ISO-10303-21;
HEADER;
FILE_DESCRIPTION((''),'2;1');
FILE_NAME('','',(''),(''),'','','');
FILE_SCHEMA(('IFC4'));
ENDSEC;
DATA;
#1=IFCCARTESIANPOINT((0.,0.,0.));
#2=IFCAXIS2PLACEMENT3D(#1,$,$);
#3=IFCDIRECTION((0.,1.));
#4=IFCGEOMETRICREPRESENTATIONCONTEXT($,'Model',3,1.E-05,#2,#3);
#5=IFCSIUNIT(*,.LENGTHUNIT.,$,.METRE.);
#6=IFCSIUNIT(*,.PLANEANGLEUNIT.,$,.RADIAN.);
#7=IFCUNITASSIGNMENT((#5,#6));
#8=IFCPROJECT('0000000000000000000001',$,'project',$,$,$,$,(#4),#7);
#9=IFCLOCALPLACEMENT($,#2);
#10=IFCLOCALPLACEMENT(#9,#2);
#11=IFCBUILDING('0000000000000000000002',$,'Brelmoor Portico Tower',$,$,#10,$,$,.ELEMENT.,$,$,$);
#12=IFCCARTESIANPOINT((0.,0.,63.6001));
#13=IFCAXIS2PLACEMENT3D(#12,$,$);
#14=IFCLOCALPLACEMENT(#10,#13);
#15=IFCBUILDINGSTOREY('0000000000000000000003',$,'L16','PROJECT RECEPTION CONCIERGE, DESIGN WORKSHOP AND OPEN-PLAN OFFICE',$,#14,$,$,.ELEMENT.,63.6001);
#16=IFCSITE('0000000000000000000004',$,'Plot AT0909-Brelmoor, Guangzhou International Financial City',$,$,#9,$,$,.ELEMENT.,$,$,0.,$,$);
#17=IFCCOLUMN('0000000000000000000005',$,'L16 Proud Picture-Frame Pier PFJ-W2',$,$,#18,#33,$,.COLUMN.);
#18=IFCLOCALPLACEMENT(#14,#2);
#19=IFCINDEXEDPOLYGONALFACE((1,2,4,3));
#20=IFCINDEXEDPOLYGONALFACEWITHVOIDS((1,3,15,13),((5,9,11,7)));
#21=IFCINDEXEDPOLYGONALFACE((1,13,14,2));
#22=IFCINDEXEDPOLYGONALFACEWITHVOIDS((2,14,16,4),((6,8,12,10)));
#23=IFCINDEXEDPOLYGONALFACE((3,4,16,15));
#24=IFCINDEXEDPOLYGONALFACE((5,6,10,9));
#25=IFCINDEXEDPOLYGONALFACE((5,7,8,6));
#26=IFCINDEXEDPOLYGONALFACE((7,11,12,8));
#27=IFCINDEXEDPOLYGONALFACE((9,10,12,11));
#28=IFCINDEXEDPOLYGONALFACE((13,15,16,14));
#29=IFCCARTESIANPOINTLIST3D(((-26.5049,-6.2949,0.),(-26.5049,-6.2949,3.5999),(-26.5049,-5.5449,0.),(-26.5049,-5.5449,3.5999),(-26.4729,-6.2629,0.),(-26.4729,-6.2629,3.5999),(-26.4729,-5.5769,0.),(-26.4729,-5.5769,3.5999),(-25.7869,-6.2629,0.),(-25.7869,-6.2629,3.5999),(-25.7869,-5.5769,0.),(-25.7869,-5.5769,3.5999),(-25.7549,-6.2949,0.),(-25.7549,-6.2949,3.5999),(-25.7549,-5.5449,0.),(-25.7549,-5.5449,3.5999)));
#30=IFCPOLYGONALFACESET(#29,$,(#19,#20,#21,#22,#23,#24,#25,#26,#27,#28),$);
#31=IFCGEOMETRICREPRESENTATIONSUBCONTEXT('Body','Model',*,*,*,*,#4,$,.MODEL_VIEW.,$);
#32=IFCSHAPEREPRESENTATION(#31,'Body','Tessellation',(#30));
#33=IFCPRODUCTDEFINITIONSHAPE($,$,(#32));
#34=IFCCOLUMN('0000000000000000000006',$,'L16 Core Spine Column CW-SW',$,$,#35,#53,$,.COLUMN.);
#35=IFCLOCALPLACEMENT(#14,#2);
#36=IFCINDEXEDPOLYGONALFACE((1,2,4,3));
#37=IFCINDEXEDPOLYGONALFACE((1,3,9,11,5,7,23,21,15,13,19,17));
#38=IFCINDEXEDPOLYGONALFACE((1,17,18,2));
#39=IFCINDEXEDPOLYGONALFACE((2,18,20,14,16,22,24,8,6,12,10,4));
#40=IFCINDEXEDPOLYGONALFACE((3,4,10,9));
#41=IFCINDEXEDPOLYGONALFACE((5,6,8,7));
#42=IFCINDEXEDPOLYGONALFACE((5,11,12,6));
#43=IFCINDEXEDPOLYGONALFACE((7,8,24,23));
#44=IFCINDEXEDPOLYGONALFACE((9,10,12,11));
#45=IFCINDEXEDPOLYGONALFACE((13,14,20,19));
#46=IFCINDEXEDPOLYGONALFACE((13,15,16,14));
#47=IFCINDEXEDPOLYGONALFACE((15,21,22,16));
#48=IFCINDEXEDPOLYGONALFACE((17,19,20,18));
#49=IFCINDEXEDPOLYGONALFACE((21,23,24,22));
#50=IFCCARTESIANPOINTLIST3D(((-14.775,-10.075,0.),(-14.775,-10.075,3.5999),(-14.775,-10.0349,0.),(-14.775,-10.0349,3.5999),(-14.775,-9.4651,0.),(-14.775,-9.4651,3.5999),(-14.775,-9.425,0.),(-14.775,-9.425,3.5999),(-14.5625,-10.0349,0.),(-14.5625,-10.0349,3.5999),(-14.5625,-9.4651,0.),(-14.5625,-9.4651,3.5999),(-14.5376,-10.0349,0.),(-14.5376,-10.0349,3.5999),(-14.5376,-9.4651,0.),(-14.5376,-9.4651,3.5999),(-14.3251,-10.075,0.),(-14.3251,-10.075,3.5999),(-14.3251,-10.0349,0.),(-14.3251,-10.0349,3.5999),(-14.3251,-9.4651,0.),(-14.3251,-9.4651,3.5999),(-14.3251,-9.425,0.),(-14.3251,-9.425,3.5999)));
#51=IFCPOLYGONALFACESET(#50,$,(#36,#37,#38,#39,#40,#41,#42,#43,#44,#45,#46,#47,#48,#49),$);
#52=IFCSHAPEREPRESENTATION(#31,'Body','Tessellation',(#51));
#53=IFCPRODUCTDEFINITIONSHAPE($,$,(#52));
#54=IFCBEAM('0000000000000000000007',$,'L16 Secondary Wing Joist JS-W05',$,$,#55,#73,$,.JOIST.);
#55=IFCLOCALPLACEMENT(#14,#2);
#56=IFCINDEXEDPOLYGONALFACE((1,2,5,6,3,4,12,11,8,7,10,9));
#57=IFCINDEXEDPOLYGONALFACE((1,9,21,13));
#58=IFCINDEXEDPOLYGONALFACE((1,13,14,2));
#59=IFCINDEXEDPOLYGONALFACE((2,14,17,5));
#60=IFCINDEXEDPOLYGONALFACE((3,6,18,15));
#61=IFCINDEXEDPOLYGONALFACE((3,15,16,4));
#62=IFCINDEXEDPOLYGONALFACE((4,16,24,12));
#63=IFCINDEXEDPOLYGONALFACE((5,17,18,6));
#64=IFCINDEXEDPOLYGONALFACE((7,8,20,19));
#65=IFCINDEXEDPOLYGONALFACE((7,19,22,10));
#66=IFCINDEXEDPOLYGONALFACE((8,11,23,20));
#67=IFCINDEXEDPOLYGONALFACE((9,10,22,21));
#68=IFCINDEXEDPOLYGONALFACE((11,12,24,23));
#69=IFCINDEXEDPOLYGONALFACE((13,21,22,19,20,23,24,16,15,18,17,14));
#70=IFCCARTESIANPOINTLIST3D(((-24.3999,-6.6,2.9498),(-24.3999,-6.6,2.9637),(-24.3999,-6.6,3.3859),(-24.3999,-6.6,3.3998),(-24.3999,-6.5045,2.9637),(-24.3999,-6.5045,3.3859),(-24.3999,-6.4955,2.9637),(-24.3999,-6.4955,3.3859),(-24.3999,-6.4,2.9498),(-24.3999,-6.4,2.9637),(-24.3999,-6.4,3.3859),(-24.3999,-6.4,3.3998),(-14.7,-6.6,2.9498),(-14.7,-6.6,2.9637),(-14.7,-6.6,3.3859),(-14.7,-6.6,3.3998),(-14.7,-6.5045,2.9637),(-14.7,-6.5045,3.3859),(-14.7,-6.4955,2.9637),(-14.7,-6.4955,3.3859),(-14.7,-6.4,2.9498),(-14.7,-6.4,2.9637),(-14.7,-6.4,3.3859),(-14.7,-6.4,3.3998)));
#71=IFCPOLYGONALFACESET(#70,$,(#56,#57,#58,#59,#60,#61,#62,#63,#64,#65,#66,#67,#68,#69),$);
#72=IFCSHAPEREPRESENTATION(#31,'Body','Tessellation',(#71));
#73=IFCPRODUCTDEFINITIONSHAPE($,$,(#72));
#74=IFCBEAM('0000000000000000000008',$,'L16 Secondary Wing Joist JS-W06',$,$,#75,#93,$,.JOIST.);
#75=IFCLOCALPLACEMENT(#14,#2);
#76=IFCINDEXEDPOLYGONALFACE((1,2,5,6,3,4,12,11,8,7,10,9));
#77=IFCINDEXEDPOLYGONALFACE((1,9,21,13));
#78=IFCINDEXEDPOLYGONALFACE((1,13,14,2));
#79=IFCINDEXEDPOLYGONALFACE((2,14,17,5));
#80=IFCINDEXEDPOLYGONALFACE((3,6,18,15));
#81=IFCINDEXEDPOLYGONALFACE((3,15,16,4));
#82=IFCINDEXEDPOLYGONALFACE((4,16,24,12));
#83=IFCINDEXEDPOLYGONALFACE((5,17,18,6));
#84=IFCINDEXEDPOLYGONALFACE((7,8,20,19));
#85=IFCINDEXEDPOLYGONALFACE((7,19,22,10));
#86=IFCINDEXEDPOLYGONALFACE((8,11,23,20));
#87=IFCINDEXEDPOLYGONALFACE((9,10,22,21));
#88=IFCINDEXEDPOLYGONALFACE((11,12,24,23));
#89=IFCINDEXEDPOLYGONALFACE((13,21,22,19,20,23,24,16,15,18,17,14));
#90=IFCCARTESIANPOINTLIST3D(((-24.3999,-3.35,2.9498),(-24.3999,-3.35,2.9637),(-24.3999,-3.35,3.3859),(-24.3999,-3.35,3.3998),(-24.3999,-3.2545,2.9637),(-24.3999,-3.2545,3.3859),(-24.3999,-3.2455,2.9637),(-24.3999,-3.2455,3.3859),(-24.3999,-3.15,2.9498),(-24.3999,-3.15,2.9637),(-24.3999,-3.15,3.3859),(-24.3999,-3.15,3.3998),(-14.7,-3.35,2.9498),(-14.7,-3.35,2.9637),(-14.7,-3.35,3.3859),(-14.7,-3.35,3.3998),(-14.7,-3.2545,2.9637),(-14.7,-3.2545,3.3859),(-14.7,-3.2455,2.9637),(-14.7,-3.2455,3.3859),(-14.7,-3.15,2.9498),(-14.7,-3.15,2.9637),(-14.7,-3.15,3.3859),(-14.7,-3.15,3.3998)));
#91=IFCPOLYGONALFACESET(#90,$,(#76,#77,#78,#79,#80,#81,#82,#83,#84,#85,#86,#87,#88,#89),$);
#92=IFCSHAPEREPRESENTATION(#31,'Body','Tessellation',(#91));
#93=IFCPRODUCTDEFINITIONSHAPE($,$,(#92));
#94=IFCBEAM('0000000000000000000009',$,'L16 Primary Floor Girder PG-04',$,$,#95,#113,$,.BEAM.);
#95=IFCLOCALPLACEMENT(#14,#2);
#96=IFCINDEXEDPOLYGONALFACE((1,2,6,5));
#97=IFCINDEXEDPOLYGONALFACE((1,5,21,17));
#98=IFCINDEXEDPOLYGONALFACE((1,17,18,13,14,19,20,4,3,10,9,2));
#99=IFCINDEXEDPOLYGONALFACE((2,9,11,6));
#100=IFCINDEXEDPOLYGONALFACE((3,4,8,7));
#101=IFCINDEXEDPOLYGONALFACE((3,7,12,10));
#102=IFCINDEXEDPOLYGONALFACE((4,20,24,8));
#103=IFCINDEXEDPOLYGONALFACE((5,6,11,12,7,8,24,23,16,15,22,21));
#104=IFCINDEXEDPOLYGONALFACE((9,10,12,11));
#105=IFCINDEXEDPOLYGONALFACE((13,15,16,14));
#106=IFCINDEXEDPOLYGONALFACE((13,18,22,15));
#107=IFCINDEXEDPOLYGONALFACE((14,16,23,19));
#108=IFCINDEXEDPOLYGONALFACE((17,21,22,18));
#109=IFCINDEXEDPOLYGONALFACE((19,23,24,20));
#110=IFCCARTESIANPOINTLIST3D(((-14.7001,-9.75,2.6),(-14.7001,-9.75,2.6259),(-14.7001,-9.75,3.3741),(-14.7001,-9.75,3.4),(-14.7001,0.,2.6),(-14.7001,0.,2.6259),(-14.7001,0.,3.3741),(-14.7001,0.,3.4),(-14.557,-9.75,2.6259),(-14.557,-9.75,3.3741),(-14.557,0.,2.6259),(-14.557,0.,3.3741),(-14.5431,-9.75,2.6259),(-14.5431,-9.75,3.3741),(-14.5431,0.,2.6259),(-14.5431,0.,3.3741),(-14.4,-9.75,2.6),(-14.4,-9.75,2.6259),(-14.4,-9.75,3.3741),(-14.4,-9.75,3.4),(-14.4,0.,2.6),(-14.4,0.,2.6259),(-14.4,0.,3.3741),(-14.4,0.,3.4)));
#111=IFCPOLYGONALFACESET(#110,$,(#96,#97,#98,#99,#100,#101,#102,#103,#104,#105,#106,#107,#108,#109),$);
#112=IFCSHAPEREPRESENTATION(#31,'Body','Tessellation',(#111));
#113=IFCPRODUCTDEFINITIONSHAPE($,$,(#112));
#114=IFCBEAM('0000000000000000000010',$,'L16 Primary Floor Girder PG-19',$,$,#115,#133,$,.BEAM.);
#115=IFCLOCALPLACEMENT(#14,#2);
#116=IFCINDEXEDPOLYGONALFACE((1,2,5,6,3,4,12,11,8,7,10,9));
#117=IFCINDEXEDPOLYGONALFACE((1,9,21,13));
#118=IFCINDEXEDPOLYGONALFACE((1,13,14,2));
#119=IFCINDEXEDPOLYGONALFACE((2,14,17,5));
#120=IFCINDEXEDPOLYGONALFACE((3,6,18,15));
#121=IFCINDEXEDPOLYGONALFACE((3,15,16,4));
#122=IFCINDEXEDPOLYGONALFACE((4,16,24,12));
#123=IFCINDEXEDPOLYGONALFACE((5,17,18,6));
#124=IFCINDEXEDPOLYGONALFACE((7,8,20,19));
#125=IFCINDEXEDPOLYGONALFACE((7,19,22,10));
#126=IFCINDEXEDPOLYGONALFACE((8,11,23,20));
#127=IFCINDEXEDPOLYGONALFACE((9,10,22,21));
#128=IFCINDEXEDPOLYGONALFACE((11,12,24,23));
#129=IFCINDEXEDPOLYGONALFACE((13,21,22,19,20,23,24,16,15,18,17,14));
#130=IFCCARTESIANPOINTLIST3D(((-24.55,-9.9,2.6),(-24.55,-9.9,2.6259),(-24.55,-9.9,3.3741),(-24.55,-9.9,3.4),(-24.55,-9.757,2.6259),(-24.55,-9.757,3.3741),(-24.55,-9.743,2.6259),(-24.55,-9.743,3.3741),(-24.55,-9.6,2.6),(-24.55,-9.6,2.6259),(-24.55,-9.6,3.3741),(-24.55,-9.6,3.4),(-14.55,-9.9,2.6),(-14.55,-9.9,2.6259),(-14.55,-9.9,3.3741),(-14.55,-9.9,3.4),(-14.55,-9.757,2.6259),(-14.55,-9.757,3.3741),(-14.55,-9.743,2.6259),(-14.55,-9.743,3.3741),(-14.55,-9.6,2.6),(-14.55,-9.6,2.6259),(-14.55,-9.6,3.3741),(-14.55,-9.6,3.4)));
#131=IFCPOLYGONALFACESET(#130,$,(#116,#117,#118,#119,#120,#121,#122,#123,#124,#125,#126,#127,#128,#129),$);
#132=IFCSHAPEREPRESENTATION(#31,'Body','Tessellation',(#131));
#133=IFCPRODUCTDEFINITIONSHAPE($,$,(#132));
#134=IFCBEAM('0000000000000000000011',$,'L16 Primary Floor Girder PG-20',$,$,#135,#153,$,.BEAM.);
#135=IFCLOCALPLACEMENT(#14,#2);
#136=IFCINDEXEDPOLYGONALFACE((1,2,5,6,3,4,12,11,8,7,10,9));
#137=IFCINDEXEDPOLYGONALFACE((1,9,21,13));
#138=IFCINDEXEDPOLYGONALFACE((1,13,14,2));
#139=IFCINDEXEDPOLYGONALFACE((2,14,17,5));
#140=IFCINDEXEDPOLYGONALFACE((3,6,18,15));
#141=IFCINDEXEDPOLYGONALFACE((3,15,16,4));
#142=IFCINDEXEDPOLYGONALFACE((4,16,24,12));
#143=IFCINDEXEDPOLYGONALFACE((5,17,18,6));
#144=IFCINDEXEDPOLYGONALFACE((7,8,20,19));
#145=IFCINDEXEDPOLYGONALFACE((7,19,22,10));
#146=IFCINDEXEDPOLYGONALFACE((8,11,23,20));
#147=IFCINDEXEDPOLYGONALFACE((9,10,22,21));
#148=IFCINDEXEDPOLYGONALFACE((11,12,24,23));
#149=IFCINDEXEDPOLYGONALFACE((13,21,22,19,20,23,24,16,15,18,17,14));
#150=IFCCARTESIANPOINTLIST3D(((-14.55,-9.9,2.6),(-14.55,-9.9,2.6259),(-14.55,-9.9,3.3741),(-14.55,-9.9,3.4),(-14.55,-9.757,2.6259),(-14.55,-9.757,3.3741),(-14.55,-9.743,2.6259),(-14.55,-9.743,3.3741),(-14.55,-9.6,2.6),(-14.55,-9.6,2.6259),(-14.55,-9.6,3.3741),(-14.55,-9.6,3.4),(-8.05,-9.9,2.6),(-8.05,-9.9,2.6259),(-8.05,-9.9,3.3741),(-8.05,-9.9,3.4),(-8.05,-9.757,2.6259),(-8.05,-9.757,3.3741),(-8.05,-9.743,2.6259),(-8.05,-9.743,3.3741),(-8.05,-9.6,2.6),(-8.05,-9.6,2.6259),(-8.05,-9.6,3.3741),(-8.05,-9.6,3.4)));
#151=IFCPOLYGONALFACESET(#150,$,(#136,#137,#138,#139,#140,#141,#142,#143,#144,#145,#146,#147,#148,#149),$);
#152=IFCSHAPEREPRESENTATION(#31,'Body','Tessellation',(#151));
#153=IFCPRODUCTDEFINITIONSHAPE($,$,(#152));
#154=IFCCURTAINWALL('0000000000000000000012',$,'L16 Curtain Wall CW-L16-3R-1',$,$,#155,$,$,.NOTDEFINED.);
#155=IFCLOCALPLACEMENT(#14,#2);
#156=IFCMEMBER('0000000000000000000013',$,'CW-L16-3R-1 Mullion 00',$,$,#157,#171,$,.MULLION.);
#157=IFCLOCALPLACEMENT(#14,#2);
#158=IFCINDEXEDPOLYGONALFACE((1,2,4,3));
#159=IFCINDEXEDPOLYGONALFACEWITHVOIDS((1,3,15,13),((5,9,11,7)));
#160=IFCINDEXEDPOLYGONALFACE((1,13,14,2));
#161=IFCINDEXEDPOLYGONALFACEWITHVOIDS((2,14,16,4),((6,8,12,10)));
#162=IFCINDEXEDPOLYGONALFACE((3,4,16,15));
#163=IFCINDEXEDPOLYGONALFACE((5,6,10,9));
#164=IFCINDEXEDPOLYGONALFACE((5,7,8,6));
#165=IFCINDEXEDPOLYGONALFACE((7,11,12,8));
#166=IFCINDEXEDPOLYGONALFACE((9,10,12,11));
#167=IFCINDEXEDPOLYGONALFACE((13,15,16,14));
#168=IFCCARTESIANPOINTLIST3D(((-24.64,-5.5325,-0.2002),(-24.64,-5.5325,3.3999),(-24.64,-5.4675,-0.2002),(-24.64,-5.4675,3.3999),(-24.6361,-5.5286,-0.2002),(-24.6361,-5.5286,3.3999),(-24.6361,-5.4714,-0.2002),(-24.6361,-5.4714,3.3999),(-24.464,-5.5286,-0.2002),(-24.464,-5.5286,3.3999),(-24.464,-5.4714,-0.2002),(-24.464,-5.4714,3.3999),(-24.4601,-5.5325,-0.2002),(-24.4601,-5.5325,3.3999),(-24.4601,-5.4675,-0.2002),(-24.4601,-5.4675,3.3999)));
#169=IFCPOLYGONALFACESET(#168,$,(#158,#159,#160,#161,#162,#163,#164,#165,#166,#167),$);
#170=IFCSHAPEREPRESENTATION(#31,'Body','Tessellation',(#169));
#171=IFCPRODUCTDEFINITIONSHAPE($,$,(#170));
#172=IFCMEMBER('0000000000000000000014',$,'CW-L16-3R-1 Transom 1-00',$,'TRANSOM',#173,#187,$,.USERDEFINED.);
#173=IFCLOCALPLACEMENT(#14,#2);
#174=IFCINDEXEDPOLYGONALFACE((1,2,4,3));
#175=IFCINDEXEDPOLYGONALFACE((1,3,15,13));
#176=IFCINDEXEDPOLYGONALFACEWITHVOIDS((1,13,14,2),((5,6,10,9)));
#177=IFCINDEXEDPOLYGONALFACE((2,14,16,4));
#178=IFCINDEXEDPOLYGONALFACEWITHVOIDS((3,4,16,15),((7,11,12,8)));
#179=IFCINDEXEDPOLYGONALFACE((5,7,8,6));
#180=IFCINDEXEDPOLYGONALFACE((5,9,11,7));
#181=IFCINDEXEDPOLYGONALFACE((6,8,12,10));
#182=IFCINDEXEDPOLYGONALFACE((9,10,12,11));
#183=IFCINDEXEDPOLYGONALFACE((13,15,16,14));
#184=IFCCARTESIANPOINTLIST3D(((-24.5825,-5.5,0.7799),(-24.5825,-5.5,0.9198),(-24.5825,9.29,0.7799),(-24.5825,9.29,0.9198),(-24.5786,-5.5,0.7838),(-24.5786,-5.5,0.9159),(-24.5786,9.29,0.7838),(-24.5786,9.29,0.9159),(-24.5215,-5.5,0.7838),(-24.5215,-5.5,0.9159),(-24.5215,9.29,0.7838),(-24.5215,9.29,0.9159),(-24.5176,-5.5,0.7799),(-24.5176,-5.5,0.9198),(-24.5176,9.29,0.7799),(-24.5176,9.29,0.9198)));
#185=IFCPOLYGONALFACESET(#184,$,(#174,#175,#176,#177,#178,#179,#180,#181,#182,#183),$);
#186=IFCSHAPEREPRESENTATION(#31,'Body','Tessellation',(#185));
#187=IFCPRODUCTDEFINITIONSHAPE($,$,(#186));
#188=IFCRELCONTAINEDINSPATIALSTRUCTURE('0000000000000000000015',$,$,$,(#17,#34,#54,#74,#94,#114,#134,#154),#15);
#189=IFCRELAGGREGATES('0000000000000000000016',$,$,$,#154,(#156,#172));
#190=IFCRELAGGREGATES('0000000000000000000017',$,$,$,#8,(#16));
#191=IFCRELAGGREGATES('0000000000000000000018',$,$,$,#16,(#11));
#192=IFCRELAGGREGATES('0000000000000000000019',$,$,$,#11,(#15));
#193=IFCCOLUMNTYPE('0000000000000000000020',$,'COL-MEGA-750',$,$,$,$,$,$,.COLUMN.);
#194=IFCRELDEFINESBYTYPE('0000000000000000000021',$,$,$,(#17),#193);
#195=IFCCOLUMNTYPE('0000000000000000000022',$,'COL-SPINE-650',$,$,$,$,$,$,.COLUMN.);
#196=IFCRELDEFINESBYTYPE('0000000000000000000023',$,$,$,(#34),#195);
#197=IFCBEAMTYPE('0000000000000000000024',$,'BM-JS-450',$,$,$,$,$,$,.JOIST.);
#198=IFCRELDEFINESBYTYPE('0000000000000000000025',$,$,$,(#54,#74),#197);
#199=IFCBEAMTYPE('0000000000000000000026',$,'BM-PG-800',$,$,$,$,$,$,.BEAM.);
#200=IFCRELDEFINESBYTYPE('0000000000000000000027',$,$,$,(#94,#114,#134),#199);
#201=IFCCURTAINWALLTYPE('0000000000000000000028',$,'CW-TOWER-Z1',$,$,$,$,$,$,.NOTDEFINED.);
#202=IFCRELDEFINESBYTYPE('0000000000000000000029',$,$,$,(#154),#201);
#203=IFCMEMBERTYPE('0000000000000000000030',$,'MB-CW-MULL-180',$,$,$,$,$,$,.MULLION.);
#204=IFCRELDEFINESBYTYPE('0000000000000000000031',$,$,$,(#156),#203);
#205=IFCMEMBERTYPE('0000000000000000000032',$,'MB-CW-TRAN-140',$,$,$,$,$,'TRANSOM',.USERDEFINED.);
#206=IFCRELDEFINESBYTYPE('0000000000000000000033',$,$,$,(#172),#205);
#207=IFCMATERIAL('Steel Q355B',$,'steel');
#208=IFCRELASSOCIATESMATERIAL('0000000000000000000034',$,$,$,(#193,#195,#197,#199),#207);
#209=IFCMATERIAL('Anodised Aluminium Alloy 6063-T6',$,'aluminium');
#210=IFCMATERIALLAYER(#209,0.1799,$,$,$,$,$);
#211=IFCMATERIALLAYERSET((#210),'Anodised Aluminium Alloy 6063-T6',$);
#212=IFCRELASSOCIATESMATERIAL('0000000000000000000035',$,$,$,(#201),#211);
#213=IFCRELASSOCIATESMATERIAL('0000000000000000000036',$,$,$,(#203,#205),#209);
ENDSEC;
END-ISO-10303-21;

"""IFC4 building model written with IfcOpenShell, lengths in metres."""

from ifc_helpers import new_model, si_unit, direction, frame, origin, origin_2d, place, context, subcontext, project, spatial, hollow_rectangle, i_section, extrude, material, layer, layer_set, material_profile, profile_set, type_object, element, aggregate, save


model = new_model("IFC4")

# Units and contexts
model_context = context("Model", 3, precision=1e-05, world=origin(), true_north=direction((0.0, 1.0)))
body_context = subcontext(model_context, "Body", "Model", "MODEL_VIEW")
ifc_project = project(units=[si_unit("LENGTHUNIT", "METRE"), si_unit("PLANEANGLEUNIT", "RADIAN")], contexts=[model_context])

# Site, building, storey
site_placement = place(None, origin())
site = spatial("IfcSite", under=ifc_project, at=site_placement, Name="Plot AT0909-Brelmoor, Guangzhou International Financial City", CompositionType="ELEMENT", RefElevation=0.0)
building_placement = place(site_placement, origin())
building = spatial("IfcBuilding", under=site, at=building_placement, Name="Brelmoor Portico Tower", CompositionType="ELEMENT")
storey_placement = place(building_placement, frame((0.0, 0.0, 63.6001)))
storey = spatial("IfcBuildingStorey", under=building, at=storey_placement, Name="L16", Description="PROJECT RECEPTION CONCIERGE, DESIGN WORKSHOP AND OPEN-PLAN OFFICE", CompositionType="ELEMENT", Elevation=63.6001)

# Columns
ifc_material_1 = material(Name="Steel Q355B", Category="steel")
ifc_material_profile_1 = material_profile(ifc_material_1, hollow_rectangle(XDim=0.75, YDim=0.75, WallThickness=0.032, at=origin_2d()), Name="BOX 750x750x32")
ifc_profile_set_1 = profile_set([ifc_material_profile_1], Name="Steel Q355B")
column_type_1 = type_object("IfcColumnType", Name="COL-MEGA-750", PredefinedType="COLUMN", material=ifc_profile_set_1)
column_1_placement = place(storey_placement, frame((-26.1299, -5.9199, 0.0), z_axis=(0.0, 0.0, 1.0), x_axis=(0.0, 1.0, 0.0)))
element("IfcColumn", 1, at=column_1_placement, inside=storey, type_object=column_type_1, Name="L16 Proud Picture-Frame Pier PFJ-W2", PredefinedType="COLUMN", context=body_context, shape_type="SweptSolid", body=[
    extrude(hollow_rectangle(XDim=0.75, YDim=0.75, WallThickness=0.032, at=origin_2d()), origin(), (0.0, 0.0, 1.0), 3.5999),
])
ifc_material_profile_2 = material_profile(ifc_material_1, i_section(OverallWidth=0.45, OverallDepth=0.6499, WebThickness=0.0249, FlangeThickness=0.04, at=origin_2d()), Name="HW 650x450x25x40")
ifc_profile_set_2 = profile_set([ifc_material_profile_2], Name="Steel Q355B")
column_type_2 = type_object("IfcColumnType", Name="COL-SPINE-650", PredefinedType="COLUMN", material=ifc_profile_set_2)
column_2_placement = place(storey_placement, frame((-14.55, -9.75, 0.0), z_axis=(0.0, 0.0, 1.0), x_axis=(1.0, 0.0, 0.0)))
element("IfcColumn", 2, at=column_2_placement, inside=storey, type_object=column_type_2, Name="L16 Core Spine Column CW-SW", PredefinedType="COLUMN", context=body_context, shape_type="SweptSolid", body=[
    extrude(i_section(OverallWidth=0.45, OverallDepth=0.6499, WebThickness=0.0249, FlangeThickness=0.04, at=origin_2d()), origin(), (0.0, 0.0, 1.0), 3.5999),
])

# Beams
ifc_material_profile_3 = material_profile(ifc_material_1, i_section(OverallWidth=0.2, OverallDepth=0.45, WebThickness=0.009, FlangeThickness=0.0139, at=origin_2d()), Name="HN 450x200x9x14")
ifc_profile_set_3 = profile_set([ifc_material_profile_3], Name="Steel Q355B")
beam_type_1 = type_object("IfcBeamType", Name="BM-JS-450", PredefinedType="JOIST", material=ifc_profile_set_3)
for number, where, z_axis, x_axis, name in (
    (3, (-24.3999, -6.5, 3.1748), (1.0, 0.0, 0.0), (0.0, 1.0, 0.0), "L16 Secondary Wing Joist JS-W05"),
    (4, (-24.3999, -3.25, 3.1748), (1.0, 0.0, 0.0), (0.0, 1.0, 0.0), "L16 Secondary Wing Joist JS-W06"),
):
    element("IfcBeam", number, at=place(storey_placement, frame(where, z_axis=z_axis, x_axis=x_axis)), inside=storey, type_object=beam_type_1, Name=name, PredefinedType="JOIST", context=body_context, shape_type="SweptSolid", body=[
        extrude(i_section(OverallWidth=0.2, OverallDepth=0.45, WebThickness=0.009, FlangeThickness=0.0139, at=origin_2d()), origin(), (0.0, 0.0, 1.0), 9.7),
    ])
ifc_material_profile_4 = material_profile(ifc_material_1, i_section(OverallWidth=0.3, OverallDepth=0.8, WebThickness=0.0139, FlangeThickness=0.0259, at=origin_2d()), Name="HN 800x300x14x26")
ifc_profile_set_4 = profile_set([ifc_material_profile_4], Name="Steel Q355B")
beam_type_2 = type_object("IfcBeamType", Name="BM-PG-800", PredefinedType="BEAM", material=ifc_profile_set_4)
beam_1_placement = place(storey_placement, frame((-14.55, -9.75, 3.0), z_axis=(0.0, 1.0, 0.0), x_axis=(-1.0, 0.0, 0.0)))
element("IfcBeam", 5, at=beam_1_placement, inside=storey, type_object=beam_type_2, Name="L16 Primary Floor Girder PG-04", PredefinedType="BEAM", context=body_context, shape_type="SweptSolid", body=[
    extrude(i_section(OverallWidth=0.3, OverallDepth=0.8, WebThickness=0.0139, FlangeThickness=0.0259, at=origin_2d()), origin(), (0.0, 0.0, 1.0), 9.75),
])
beam_2_placement = place(storey_placement, frame((-24.55, -9.75, 3.0), z_axis=(1.0, 0.0, 0.0), x_axis=(0.0, 1.0, 0.0)))
element("IfcBeam", 6, at=beam_2_placement, inside=storey, type_object=beam_type_2, Name="L16 Primary Floor Girder PG-19", PredefinedType="BEAM", context=body_context, shape_type="SweptSolid", body=[
    extrude(i_section(OverallWidth=0.3, OverallDepth=0.8, WebThickness=0.0139, FlangeThickness=0.0259, at=origin_2d()), origin(), (0.0, 0.0, 1.0), 10.0),
])
beam_3_placement = place(storey_placement, frame((-14.55, -9.75, 3.0), z_axis=(1.0, 0.0, 0.0), x_axis=(0.0, 1.0, 0.0)))
element("IfcBeam", 7, at=beam_3_placement, inside=storey, type_object=beam_type_2, Name="L16 Primary Floor Girder PG-20", PredefinedType="BEAM", context=body_context, shape_type="SweptSolid", body=[
    extrude(i_section(OverallWidth=0.3, OverallDepth=0.8, WebThickness=0.0139, FlangeThickness=0.0259, at=origin_2d()), origin(), (0.0, 0.0, 1.0), 6.5),
])

# Curtain wall, members
ifc_material_2 = material(Name="Anodised Aluminium Alloy 6063-T6", Category="aluminium")
ifc_layer_1 = layer(ifc_material_2, 0.1799)
ifc_layer_set_1 = layer_set([ifc_layer_1], Name="Anodised Aluminium Alloy 6063-T6")
curtain_wall_type = type_object("IfcCurtainWallType", Name="CW-TOWER-Z1", PredefinedType="NOTDEFINED", material=ifc_layer_set_1)
curtain_wall_placement = place(storey_placement, origin())
curtain_wall = element("IfcCurtainWall", 8, at=curtain_wall_placement, inside=storey, type_object=curtain_wall_type, Name="L16 Curtain Wall CW-L16-3R-1", PredefinedType="NOTDEFINED")
ifc_material_profile_5 = material_profile(ifc_material_2, hollow_rectangle(XDim=0.0649, YDim=0.1799, WallThickness=0.0039, at=origin_2d()), Name="ALU MULLION 65x180")
ifc_profile_set_5 = profile_set([ifc_material_profile_5], Name="Anodised Aluminium Alloy 6063-T6")
member_type_1 = type_object("IfcMemberType", Name="MB-CW-MULL-180", PredefinedType="MULLION", material=ifc_profile_set_5)
member_1_placement = place(storey_placement, frame((-24.55, -5.5, -0.2002), z_axis=(0.0, 0.0, 1.0), x_axis=(0.0, 1.0, 0.0)))
member_1 = element("IfcMember", 9, at=member_1_placement, type_object=member_type_1, Name="CW-L16-3R-1 Mullion 00", PredefinedType="MULLION", context=body_context, shape_type="SweptSolid", body=[
    extrude(hollow_rectangle(XDim=0.0649, YDim=0.1799, WallThickness=0.0039, at=origin_2d()), origin(), (0.0, 0.0, 1.0), 3.6001),
])
ifc_material_profile_6 = material_profile(ifc_material_2, hollow_rectangle(XDim=0.0649, YDim=0.1399, WallThickness=0.0039, at=origin_2d()), Name="ALU TRANSOM 65x140")
ifc_profile_set_6 = profile_set([ifc_material_profile_6], Name="Anodised Aluminium Alloy 6063-T6")
member_type_2 = type_object("IfcMemberType", Name="MB-CW-TRAN-140", ElementType="TRANSOM", PredefinedType="USERDEFINED", material=ifc_profile_set_6)
member_2_placement = place(storey_placement, frame((-24.55, -5.5, 0.8499), z_axis=(0.0, 1.0, 0.0), x_axis=(-1.0, 0.0, 0.0)))
member_2 = element("IfcMember", 10, at=member_2_placement, type_object=member_type_2, Name="CW-L16-3R-1 Transom 1-00", ObjectType="TRANSOM", PredefinedType="USERDEFINED", context=body_context, shape_type="SweptSolid", body=[
    extrude(hollow_rectangle(XDim=0.0649, YDim=0.1399, WallThickness=0.0039, at=origin_2d()), origin(), (0.0, 0.0, 1.0), 14.79),
])
aggregate(curtain_wall, [member_1, member_2])

save(model, "model.ifc")
